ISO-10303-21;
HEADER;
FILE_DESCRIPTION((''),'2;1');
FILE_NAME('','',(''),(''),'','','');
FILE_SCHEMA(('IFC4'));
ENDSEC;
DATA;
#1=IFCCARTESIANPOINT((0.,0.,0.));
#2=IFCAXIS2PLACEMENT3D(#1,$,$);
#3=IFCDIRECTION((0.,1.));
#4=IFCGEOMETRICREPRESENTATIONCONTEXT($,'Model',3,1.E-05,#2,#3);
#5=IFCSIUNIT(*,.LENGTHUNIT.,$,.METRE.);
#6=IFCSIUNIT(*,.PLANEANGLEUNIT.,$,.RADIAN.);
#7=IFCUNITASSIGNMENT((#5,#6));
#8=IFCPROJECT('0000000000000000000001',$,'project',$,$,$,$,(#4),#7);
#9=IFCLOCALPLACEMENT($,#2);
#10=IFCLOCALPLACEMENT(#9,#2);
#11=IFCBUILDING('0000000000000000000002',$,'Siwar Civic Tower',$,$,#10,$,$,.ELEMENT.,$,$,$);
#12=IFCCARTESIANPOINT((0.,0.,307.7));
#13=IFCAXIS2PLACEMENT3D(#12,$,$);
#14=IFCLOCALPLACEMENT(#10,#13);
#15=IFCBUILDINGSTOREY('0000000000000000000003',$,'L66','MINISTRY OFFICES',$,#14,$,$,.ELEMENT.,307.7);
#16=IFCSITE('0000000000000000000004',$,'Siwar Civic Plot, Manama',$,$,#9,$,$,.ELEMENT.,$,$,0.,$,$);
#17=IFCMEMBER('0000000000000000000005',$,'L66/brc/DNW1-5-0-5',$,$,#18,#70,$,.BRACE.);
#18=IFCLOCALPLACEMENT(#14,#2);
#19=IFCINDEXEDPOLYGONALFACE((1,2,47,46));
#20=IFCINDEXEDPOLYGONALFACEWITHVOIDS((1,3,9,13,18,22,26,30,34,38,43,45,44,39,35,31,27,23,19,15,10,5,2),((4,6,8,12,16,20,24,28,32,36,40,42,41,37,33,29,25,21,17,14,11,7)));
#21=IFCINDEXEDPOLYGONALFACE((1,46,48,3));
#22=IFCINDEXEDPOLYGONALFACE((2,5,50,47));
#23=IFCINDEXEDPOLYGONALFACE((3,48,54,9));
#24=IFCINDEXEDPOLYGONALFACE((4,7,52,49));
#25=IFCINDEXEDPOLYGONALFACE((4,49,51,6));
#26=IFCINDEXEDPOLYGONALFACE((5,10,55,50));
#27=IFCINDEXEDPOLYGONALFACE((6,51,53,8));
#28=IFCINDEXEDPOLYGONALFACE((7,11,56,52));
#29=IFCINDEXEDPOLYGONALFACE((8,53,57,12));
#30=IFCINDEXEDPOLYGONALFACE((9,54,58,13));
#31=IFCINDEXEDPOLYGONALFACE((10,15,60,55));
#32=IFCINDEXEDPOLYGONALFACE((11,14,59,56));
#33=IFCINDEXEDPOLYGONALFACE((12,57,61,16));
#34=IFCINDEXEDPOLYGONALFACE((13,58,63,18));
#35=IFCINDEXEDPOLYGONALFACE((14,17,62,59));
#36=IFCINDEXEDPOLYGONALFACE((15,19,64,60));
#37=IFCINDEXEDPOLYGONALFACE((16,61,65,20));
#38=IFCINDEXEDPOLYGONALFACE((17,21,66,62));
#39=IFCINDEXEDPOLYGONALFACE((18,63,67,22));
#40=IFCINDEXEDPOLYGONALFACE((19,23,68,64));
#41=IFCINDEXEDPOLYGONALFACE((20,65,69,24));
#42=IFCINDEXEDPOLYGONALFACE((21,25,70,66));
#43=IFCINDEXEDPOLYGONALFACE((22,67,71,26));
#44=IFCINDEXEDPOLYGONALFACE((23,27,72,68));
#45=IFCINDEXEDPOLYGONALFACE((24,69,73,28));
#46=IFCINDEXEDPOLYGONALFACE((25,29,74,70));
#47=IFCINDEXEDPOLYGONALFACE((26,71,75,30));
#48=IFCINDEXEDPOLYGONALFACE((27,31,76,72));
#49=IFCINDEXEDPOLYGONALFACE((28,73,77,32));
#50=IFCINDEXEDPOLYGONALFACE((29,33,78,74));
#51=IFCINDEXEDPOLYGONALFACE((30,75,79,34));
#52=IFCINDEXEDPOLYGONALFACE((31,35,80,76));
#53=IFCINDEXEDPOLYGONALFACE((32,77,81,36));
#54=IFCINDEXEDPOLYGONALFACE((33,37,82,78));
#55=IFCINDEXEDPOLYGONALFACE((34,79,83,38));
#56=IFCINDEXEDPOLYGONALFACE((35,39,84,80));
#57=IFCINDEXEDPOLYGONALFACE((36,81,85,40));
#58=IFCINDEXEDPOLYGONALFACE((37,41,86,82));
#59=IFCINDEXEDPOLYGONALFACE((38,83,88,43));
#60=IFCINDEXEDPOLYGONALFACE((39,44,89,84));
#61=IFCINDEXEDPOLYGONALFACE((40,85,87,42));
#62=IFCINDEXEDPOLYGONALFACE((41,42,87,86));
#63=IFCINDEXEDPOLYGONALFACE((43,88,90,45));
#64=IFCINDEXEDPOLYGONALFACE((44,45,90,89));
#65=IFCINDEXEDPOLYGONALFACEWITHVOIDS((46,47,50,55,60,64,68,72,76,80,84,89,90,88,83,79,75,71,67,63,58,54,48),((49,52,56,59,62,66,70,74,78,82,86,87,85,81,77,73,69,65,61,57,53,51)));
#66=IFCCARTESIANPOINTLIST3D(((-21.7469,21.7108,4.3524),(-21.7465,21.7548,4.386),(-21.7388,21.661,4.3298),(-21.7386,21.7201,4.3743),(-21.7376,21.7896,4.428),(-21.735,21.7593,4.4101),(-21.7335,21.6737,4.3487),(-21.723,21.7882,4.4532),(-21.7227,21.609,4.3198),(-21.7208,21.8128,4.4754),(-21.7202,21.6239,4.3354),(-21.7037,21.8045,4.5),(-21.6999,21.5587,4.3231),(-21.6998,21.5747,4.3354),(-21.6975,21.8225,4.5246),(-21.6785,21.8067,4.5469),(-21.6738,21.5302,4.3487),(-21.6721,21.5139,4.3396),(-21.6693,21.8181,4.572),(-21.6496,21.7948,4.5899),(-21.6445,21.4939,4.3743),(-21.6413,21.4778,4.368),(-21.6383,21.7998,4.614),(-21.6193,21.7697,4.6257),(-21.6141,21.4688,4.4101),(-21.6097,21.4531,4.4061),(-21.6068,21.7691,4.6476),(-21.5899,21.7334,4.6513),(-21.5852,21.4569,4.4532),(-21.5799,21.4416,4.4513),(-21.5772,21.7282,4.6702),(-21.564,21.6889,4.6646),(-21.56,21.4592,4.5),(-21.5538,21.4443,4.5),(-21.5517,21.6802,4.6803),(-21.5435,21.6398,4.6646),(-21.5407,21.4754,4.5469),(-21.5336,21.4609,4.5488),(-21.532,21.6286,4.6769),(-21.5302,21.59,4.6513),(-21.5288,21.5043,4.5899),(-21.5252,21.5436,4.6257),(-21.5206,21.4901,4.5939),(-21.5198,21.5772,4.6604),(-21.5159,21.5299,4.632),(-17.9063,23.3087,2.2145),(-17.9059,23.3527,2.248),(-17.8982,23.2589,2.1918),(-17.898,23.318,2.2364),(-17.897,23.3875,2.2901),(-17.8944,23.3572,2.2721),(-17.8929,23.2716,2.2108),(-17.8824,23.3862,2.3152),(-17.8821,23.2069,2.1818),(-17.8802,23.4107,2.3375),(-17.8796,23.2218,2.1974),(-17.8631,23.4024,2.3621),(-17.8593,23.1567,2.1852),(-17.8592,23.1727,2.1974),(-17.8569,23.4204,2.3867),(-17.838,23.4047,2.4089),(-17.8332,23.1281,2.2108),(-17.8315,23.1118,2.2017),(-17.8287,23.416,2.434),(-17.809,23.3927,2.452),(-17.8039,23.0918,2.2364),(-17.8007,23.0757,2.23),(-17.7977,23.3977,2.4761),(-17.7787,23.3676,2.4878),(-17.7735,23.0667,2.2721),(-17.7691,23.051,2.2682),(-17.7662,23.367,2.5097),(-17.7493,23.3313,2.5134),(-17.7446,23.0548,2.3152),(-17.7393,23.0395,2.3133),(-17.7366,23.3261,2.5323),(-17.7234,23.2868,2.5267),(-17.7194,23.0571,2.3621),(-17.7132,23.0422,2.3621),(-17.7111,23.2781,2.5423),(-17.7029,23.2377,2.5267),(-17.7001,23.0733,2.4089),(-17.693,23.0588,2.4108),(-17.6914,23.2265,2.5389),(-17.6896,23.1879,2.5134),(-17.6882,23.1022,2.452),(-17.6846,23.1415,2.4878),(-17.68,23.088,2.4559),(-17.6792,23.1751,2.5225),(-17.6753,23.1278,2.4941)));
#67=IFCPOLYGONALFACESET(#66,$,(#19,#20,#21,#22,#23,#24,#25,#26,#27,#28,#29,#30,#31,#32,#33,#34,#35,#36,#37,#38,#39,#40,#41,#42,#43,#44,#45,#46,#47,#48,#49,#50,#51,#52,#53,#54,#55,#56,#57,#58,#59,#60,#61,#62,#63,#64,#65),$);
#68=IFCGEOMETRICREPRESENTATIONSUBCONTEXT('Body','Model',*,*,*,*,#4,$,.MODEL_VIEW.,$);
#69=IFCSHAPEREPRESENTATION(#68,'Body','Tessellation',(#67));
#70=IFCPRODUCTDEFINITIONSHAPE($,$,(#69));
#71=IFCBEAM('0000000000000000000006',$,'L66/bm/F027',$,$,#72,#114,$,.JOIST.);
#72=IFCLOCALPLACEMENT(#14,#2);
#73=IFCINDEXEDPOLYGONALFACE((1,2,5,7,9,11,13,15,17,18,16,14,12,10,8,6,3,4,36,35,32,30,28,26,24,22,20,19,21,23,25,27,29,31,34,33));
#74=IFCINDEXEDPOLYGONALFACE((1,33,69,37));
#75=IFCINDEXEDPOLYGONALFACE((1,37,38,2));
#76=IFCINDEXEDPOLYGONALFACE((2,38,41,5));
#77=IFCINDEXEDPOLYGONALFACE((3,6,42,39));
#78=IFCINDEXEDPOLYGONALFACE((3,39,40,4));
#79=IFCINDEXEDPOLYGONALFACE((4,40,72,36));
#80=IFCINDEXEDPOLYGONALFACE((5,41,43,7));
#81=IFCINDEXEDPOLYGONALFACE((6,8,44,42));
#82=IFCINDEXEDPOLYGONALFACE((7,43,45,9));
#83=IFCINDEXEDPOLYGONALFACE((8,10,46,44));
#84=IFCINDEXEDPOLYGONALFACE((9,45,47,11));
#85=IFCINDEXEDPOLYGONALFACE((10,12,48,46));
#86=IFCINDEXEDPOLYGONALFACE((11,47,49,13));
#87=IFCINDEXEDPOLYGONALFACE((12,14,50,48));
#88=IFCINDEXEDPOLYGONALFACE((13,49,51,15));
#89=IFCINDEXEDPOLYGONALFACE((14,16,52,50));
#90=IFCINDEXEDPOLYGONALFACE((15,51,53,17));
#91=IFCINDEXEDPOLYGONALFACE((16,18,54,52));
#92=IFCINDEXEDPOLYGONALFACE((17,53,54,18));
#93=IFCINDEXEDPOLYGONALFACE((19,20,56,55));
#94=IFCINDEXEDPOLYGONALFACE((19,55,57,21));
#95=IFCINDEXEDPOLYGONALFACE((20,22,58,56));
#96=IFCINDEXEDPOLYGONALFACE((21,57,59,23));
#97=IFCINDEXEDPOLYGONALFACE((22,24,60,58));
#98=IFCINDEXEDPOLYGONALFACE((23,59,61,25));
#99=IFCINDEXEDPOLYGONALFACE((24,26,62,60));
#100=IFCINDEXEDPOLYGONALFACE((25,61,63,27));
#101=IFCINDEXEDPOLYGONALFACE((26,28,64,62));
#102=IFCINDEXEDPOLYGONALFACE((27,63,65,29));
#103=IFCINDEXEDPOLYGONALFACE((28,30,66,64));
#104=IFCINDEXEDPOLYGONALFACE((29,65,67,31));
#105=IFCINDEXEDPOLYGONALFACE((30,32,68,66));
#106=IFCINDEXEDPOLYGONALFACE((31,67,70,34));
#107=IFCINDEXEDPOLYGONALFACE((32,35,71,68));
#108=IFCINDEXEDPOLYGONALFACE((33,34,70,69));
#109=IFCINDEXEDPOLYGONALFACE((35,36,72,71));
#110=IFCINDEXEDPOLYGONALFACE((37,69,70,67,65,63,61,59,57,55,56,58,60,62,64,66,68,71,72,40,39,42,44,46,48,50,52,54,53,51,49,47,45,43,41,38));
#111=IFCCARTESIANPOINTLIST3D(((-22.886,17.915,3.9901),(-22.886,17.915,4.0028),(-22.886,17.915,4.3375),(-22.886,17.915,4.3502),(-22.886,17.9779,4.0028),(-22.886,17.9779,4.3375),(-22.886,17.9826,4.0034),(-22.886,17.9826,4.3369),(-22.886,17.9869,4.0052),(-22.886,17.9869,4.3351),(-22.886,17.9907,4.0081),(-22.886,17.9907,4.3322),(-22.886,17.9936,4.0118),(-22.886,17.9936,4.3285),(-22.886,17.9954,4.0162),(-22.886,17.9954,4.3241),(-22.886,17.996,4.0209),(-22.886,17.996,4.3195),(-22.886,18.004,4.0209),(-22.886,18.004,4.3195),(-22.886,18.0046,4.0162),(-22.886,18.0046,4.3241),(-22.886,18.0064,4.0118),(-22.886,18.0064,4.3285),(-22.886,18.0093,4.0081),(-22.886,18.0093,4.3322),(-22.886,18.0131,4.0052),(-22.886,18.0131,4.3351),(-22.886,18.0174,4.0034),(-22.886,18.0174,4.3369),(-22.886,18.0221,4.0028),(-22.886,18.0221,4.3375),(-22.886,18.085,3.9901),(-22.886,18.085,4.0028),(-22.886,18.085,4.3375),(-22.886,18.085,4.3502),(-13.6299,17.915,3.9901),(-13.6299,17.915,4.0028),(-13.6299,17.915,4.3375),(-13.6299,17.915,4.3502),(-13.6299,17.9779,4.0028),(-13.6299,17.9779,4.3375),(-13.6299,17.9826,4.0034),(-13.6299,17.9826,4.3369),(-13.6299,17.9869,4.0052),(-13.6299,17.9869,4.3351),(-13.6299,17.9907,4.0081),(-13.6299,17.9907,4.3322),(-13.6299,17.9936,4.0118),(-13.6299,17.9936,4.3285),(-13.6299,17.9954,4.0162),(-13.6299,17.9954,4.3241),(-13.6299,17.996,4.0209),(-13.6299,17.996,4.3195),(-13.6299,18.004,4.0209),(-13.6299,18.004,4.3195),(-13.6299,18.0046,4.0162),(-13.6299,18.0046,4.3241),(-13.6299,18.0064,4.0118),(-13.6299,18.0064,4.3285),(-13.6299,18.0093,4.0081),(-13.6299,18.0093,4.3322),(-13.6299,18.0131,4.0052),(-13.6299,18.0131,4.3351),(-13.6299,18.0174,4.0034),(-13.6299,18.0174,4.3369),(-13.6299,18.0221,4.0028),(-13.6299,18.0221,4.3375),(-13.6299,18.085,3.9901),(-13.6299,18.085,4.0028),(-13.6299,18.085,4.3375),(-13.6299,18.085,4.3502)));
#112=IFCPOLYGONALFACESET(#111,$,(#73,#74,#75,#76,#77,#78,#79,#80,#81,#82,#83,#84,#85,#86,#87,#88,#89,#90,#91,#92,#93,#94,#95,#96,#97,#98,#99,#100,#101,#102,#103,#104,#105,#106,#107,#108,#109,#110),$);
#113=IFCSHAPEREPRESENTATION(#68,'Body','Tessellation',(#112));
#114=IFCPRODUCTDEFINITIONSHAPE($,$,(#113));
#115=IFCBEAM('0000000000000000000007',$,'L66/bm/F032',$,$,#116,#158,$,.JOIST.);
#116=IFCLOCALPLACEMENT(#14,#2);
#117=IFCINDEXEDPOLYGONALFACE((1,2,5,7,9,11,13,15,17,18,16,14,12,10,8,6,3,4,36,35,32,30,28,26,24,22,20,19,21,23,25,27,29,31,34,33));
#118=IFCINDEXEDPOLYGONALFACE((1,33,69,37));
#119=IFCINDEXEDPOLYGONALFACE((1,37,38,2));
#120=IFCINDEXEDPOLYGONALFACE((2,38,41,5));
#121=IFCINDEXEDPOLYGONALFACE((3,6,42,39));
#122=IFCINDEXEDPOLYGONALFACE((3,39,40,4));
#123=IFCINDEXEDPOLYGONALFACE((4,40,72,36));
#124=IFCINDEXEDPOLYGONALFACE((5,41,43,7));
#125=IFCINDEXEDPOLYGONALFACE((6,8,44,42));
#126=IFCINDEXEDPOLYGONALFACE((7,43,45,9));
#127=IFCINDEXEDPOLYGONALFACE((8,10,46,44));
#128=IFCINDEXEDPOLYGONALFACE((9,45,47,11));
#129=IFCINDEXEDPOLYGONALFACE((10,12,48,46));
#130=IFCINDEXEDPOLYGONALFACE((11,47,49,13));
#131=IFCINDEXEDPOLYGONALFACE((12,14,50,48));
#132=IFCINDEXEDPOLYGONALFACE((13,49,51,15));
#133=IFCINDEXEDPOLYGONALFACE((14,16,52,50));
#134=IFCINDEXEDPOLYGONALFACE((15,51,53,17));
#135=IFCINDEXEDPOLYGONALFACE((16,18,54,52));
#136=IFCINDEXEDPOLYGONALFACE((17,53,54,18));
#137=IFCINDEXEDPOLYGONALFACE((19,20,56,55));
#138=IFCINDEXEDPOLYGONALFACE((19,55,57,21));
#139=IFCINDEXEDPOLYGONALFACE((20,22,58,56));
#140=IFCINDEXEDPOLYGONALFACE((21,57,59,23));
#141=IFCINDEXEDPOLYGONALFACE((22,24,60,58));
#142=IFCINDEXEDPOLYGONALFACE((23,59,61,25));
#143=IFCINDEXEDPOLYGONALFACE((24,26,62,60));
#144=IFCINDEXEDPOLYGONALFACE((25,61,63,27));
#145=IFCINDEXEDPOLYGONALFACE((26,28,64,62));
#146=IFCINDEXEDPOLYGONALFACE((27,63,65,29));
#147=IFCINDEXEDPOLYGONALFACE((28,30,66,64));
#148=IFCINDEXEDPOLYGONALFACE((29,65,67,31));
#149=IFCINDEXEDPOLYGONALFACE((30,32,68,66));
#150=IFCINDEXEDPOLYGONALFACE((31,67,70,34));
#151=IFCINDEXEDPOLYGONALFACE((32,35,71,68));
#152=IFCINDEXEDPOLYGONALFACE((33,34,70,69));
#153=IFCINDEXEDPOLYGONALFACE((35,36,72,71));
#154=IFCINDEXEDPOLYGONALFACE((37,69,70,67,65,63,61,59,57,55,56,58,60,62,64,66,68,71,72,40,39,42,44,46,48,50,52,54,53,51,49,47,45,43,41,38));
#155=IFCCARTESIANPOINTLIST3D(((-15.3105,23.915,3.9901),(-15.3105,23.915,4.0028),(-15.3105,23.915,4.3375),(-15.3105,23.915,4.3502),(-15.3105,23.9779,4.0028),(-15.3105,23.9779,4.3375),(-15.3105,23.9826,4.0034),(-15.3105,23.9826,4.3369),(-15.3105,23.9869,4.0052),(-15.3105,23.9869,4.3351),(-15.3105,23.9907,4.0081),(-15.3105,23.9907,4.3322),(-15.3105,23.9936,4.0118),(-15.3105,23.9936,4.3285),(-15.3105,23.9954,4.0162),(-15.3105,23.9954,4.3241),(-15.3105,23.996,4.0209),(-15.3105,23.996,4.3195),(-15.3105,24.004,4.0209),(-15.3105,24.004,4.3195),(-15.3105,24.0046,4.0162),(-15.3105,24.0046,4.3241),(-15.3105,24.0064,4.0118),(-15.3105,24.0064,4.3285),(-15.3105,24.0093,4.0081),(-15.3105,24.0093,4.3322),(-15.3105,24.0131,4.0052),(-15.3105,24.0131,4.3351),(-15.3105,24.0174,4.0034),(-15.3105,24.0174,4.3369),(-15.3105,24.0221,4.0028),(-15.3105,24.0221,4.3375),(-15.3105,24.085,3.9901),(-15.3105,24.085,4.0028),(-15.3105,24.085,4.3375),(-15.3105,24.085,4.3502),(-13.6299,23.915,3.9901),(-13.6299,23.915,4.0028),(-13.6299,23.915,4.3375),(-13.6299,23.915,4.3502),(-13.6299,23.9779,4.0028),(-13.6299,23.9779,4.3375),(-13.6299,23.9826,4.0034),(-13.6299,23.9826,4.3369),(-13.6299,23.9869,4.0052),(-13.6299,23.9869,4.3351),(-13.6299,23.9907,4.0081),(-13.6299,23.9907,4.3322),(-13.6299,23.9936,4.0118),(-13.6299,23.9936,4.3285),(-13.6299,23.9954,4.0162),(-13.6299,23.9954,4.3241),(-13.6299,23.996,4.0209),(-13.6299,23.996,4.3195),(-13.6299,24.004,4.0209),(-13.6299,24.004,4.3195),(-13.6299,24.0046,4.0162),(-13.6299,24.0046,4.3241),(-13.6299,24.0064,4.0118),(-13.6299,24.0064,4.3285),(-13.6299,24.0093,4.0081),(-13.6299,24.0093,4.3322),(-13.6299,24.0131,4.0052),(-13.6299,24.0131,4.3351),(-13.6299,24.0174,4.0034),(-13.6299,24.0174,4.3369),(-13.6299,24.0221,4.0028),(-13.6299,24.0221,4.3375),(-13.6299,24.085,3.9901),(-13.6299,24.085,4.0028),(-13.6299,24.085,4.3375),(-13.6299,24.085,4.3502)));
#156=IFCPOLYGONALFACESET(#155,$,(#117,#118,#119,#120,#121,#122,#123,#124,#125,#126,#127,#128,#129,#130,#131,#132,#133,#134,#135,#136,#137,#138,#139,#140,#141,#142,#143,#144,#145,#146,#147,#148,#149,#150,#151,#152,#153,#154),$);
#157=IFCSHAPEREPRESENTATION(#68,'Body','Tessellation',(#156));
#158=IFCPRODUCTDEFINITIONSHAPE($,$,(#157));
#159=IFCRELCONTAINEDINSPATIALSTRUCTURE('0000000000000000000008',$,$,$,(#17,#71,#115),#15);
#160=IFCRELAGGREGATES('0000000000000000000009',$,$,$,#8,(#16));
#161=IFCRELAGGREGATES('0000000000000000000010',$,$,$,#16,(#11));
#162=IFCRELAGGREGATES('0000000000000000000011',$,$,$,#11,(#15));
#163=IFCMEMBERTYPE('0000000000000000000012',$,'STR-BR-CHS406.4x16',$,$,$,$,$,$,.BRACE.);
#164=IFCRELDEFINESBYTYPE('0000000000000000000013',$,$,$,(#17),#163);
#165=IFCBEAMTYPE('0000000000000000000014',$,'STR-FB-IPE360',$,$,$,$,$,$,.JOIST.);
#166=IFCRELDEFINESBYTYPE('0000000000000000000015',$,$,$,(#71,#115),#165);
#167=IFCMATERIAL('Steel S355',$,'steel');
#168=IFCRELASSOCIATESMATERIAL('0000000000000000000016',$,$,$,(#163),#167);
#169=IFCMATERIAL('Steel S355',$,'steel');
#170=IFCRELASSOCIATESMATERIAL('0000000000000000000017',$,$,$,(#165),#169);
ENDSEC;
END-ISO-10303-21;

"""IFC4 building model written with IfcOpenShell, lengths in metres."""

from ifc_helpers import new_model, si_unit, direction, frame, origin, origin_2d, place, context, subcontext, project, spatial, hollow_circle, i_section, extrude, material, material_profile, profile_set, type_object, element, save


model = new_model("IFC4")

# Units and contexts
model_context = context("Model", 3, precision=1e-05, world=origin(), true_north=direction((0.0, 1.0)))
body_context = subcontext(model_context, "Body", "Model", "MODEL_VIEW")
ifc_project = project(units=[si_unit("LENGTHUNIT", "METRE"), si_unit("PLANEANGLEUNIT", "RADIAN")], contexts=[model_context])

# Site, building, storey
site_placement = place(None, origin())
site = spatial("IfcSite", under=ifc_project, at=site_placement, Name="Siwar Civic Plot, Manama", CompositionType="ELEMENT", RefElevation=0.0)
building_placement = place(site_placement, origin())
building = spatial("IfcBuilding", under=site, at=building_placement, Name="Siwar Civic Tower", CompositionType="ELEMENT")
storey_placement = place(building_placement, frame((0.0, 0.0, 307.7)))
storey = spatial("IfcBuildingStorey", under=building, at=storey_placement, Name="L66", Description="MINISTRY OFFICES", CompositionType="ELEMENT", Elevation=307.7)

# Member
ifc_material_1 = material(Name="Steel S355", Category="steel")
ifc_material_profile_1 = material_profile(ifc_material_1, hollow_circle(Radius=0.2031, WallThickness=0.0161, at=origin_2d()), Name="CHS406.4x16")
ifc_profile_set_1 = profile_set([ifc_material_profile_1], Name="Steel S355")
member_type_1 = type_object("IfcMemberType", Name="STR-BR-CHS406.4x16", PredefinedType="BRACE", material=ifc_profile_set_1)
for number, where, z_axis, x_axis, name in (
    (1, (-17.7913, 23.2297, 2.3621), (-0.821167, -0.341653, 0.45712), (0.384136, -0.923276, 0.0), "L66/brc/DNW1-5-0-5"),
):
    element("IfcMember", number, at=place(storey_placement, frame(where, z_axis=z_axis, x_axis=x_axis)), inside=storey, type_object=member_type_1, Name=name, PredefinedType="BRACE", context=body_context, shape_type="SweptSolid", body=[
        extrude(hollow_circle(Radius=0.2031, WallThickness=0.0161, at=origin_2d()), origin(), (0.0, 0.0, 1.0), 4.677),
    ])

# Beams
ifc_material_2 = material(Name="Steel S355", Category="steel")
ifc_material_profile_2 = material_profile(ifc_material_2, i_section(OverallWidth=0.1699, OverallDepth=0.3601, WebThickness=0.0081, FlangeThickness=0.0127, FilletRadius=0.0181, at=origin_2d()), Name="IPE360")
ifc_profile_set_2 = profile_set([ifc_material_profile_2], Name="Steel S355")
beam_type_1 = type_object("IfcBeamType", Name="STR-FB-IPE360", PredefinedType="JOIST", material=ifc_profile_set_2)
beam_1_placement = place(storey_placement, frame((-22.886, 18.0, 4.1702), z_axis=(1.0, 0.0, 0.0), x_axis=(0.0, 1.0, 0.0)))
element("IfcBeam", 2, at=beam_1_placement, inside=storey, type_object=beam_type_1, Name="L66/bm/F027", PredefinedType="JOIST", context=body_context, shape_type="SweptSolid", body=[
    extrude(i_section(OverallWidth=0.1699, OverallDepth=0.3601, WebThickness=0.0081, FlangeThickness=0.0127, FilletRadius=0.0181, at=origin_2d()), origin(), (0.0, 0.0, 1.0), 9.2561),
])
beam_2_placement = place(storey_placement, frame((-15.3105, 24.0, 4.1702), z_axis=(1.0, 0.0, 0.0), x_axis=(0.0, 1.0, 0.0)))
element("IfcBeam", 3, at=beam_2_placement, inside=storey, type_object=beam_type_1, Name="L66/bm/F032", PredefinedType="JOIST", context=body_context, shape_type="SweptSolid", body=[
    extrude(i_section(OverallWidth=0.1699, OverallDepth=0.3601, WebThickness=0.0081, FlangeThickness=0.0127, FilletRadius=0.0181, at=origin_2d()), origin(), (0.0, 0.0, 1.0), 1.6807),
])

save(model, "model.ifc")
